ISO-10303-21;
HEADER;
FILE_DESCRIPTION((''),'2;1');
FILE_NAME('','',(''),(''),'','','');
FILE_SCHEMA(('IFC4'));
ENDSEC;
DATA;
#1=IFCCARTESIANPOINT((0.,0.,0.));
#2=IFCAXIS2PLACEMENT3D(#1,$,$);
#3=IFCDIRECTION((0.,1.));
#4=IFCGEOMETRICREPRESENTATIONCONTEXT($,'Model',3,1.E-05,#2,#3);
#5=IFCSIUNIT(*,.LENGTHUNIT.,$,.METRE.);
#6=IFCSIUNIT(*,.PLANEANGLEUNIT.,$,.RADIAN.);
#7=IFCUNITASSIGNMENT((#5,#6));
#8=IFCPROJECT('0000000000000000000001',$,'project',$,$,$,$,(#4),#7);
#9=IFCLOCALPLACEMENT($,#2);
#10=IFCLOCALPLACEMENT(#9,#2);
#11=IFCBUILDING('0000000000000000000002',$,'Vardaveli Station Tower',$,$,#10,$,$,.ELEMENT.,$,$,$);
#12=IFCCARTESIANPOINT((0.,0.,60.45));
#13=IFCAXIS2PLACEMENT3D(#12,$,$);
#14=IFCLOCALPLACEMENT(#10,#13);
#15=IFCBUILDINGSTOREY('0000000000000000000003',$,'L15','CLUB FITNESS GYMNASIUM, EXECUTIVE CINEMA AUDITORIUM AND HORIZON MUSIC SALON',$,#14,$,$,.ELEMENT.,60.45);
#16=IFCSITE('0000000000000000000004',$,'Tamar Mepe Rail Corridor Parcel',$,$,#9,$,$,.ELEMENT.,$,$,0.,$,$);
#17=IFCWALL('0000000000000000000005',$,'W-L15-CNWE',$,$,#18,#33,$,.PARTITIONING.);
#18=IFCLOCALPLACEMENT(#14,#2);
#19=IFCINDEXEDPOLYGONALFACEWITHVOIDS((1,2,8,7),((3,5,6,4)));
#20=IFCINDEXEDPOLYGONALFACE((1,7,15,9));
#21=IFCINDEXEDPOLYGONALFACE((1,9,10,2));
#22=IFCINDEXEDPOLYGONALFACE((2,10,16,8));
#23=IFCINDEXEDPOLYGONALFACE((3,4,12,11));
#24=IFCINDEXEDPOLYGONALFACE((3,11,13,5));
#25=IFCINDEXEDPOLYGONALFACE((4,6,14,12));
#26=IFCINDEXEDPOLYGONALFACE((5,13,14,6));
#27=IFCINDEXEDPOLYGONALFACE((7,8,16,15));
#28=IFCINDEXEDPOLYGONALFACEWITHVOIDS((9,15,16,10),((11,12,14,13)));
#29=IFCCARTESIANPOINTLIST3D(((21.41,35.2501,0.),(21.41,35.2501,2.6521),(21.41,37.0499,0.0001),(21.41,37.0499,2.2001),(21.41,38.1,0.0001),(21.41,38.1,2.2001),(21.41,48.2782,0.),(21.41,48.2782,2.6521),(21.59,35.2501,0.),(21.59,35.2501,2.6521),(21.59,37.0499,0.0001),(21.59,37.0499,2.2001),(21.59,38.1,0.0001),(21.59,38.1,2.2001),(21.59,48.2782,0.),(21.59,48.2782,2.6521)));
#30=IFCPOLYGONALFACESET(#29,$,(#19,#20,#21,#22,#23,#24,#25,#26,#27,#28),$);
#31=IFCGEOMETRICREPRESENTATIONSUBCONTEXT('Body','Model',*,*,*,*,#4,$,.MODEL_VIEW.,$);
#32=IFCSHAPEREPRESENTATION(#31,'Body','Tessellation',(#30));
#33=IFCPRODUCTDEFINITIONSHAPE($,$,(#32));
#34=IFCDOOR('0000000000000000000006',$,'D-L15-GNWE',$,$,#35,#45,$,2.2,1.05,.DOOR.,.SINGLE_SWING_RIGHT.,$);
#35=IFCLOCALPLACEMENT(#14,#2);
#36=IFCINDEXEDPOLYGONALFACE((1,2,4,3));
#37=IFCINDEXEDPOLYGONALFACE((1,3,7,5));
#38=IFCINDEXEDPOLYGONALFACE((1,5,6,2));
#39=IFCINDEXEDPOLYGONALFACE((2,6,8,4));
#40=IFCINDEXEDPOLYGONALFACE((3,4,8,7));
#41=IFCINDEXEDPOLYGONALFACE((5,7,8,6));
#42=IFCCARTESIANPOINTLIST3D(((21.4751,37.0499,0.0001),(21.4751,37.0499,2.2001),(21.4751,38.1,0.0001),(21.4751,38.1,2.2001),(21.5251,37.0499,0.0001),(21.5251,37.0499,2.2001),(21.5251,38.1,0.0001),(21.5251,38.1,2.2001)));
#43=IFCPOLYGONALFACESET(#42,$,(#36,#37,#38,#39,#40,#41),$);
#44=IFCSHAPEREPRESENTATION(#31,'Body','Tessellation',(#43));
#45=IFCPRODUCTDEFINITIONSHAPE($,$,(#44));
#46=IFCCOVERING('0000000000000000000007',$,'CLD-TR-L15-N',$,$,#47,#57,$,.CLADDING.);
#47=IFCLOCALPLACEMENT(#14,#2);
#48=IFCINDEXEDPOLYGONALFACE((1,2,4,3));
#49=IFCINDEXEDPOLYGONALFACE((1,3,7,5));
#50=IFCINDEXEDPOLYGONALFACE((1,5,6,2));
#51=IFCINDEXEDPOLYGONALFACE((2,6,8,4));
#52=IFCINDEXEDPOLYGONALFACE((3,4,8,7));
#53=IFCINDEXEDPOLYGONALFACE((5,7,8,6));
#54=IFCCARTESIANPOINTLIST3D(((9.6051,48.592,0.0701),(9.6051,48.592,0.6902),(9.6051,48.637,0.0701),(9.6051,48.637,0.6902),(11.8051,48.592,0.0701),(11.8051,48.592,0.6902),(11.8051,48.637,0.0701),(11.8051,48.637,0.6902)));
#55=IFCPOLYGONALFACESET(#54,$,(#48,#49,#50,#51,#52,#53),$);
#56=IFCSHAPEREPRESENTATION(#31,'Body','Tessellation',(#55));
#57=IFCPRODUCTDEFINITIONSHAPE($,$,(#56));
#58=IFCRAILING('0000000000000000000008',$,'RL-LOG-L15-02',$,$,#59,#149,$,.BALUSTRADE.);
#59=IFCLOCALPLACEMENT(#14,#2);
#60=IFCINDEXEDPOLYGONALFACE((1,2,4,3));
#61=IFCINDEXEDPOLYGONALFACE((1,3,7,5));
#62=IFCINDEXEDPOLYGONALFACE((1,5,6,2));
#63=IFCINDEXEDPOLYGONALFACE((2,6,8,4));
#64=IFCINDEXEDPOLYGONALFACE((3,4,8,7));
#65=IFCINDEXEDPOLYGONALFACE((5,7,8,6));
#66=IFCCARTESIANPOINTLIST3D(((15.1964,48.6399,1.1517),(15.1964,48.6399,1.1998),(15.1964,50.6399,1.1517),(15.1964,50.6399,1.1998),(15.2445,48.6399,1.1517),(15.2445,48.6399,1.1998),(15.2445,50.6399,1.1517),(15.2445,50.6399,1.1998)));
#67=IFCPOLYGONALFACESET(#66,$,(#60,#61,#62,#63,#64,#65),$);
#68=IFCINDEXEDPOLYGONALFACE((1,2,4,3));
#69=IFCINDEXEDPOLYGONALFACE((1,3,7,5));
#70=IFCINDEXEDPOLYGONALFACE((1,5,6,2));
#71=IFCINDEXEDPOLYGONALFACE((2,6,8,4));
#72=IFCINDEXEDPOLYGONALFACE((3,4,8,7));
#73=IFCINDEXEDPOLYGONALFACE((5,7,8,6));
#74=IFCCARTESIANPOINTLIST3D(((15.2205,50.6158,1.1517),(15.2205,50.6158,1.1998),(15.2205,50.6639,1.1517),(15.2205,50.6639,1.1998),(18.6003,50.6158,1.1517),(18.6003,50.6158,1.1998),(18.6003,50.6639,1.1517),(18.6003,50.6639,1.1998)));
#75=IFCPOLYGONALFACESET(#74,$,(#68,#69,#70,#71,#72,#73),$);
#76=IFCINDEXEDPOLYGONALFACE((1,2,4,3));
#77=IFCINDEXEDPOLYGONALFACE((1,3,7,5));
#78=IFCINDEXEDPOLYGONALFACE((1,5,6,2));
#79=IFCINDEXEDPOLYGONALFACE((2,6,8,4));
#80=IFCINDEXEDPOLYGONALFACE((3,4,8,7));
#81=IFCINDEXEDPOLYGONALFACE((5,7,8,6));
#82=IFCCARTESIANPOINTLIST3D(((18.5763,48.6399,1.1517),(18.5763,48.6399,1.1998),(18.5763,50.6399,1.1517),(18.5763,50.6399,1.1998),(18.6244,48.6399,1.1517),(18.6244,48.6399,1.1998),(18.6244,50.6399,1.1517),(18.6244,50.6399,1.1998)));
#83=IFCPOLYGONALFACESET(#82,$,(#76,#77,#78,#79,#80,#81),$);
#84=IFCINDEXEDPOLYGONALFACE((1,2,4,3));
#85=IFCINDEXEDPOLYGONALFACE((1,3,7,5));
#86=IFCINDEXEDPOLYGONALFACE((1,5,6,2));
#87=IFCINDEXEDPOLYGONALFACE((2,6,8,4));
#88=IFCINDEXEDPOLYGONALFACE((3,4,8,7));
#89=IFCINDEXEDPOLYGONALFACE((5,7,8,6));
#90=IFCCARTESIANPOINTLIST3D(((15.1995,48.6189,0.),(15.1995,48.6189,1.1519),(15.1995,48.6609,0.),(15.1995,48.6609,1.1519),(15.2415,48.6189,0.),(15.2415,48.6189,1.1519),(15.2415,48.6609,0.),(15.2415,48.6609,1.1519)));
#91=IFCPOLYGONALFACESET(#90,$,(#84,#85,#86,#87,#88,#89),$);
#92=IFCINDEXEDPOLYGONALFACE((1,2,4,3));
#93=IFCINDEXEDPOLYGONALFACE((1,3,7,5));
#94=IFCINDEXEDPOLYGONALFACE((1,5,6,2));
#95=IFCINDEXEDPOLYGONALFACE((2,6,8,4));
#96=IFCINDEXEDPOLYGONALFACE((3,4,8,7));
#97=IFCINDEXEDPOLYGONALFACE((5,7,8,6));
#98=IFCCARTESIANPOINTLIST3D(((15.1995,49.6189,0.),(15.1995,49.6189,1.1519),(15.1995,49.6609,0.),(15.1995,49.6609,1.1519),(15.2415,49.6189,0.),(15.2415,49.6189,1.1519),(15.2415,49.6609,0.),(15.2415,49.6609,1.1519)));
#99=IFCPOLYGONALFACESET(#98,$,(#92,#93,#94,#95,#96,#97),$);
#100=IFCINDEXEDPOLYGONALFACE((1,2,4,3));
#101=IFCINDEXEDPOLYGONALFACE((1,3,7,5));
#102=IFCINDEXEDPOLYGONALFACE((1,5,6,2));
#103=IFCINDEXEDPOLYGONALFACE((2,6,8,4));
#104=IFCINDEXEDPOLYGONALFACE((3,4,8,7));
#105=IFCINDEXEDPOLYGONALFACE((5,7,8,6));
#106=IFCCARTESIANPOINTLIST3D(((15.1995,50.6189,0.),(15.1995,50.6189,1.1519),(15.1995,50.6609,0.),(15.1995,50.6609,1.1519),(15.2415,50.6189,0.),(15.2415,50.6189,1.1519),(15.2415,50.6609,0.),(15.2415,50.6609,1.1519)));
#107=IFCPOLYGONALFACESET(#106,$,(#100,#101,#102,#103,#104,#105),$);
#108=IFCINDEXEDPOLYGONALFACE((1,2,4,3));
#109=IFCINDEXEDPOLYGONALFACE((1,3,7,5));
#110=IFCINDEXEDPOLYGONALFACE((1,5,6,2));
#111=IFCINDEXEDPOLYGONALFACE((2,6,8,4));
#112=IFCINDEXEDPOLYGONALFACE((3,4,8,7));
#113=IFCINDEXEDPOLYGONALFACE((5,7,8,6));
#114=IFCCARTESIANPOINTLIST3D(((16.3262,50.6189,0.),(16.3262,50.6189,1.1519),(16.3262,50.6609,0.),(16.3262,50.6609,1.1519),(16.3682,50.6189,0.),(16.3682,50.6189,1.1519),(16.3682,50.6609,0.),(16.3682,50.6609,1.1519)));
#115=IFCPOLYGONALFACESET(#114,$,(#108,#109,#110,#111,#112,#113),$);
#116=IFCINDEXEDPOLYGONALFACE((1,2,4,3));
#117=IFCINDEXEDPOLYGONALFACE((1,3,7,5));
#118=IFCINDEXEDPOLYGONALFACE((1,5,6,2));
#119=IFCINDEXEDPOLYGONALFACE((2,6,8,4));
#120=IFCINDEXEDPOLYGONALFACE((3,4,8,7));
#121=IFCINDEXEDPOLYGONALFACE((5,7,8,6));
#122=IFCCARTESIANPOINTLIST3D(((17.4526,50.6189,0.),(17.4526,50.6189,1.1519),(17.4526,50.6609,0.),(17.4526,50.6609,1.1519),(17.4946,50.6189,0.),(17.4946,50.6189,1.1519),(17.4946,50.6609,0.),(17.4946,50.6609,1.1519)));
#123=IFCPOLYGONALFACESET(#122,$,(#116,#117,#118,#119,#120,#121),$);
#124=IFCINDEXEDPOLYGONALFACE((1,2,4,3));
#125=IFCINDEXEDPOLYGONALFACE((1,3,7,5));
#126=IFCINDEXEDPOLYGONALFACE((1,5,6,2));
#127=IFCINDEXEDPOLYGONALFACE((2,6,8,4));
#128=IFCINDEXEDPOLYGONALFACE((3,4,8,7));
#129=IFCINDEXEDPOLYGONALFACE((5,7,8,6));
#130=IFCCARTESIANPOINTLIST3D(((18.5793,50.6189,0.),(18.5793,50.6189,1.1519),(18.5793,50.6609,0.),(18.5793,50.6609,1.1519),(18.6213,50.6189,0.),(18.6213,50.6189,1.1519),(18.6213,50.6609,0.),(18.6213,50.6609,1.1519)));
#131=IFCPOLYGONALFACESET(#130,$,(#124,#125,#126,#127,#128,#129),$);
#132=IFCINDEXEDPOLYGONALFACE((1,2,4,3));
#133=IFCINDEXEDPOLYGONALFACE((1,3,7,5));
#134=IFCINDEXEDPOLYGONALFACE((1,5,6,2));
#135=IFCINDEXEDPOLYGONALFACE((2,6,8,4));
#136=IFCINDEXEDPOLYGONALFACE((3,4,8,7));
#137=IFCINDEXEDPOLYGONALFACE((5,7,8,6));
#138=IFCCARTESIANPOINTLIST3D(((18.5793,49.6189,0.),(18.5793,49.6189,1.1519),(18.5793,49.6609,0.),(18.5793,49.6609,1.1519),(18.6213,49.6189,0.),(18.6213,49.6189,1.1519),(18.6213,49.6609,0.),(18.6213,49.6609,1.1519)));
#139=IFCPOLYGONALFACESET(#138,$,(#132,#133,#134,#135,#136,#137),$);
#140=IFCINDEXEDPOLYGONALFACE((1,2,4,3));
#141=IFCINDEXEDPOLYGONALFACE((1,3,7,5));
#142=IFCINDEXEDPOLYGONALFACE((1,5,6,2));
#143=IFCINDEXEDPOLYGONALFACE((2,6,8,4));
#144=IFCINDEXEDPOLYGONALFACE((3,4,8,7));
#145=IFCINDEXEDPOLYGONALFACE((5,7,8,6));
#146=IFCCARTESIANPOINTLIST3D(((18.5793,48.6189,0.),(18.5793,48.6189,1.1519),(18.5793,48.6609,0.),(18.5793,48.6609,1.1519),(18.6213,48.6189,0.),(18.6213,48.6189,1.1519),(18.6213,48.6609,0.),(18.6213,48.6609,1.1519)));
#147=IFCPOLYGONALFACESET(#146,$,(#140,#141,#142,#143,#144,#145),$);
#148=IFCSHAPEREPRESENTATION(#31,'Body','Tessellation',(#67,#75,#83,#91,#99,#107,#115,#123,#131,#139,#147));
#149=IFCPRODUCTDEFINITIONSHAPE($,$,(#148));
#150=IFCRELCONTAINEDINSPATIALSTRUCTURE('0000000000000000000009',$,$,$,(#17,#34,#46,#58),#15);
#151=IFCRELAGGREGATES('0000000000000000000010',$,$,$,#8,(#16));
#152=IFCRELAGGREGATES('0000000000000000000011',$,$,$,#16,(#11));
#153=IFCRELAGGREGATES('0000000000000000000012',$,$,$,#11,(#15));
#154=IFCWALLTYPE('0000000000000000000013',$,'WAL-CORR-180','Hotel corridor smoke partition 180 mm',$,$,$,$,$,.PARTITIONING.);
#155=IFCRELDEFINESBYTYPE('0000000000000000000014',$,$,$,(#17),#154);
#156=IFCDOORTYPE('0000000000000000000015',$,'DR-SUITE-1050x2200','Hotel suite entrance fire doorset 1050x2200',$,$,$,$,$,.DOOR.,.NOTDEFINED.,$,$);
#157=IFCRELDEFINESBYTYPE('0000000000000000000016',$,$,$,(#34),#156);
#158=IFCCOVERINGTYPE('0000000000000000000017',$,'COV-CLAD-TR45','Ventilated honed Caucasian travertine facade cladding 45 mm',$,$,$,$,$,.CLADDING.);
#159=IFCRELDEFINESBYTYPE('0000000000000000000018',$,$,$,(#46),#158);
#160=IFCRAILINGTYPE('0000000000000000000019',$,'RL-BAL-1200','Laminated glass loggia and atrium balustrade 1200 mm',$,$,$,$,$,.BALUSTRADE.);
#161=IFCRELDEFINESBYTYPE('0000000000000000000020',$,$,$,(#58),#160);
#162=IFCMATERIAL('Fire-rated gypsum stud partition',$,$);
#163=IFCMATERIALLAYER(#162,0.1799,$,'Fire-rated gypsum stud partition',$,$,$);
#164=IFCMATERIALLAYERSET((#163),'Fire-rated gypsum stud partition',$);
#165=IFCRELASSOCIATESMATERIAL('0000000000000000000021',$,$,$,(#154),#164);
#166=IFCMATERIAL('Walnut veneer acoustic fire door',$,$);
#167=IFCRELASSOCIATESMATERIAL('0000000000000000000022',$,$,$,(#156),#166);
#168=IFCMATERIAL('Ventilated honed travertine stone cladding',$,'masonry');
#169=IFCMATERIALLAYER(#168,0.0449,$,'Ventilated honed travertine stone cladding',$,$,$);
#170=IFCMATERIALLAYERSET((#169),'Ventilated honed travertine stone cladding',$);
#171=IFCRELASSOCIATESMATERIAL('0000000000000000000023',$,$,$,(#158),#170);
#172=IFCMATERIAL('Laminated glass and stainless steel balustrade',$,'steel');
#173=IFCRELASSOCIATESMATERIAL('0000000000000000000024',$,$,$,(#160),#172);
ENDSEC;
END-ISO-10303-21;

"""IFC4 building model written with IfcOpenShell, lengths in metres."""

from ifc_helpers import new_model, si_unit, direction, frame, frame_2d, origin, origin_2d, place, context, subcontext, project, spatial, rectangle, extrude, source, transform, mapped, material, layer, layer_set, type_object, element, fill, save


model = new_model("IFC4")

# Units and contexts
model_context = context("Model", 3, precision=1e-05, world=origin(), true_north=direction((0.0, 1.0)))
body_context = subcontext(model_context, "Body", "Model", "MODEL_VIEW")
ifc_project = project(units=[si_unit("LENGTHUNIT", "METRE"), si_unit("PLANEANGLEUNIT", "RADIAN")], contexts=[model_context])

# Site, building, storey
site_placement = place(None, origin())
site = spatial("IfcSite", under=ifc_project, at=site_placement, Name="Tamar Mepe Rail Corridor Parcel", CompositionType="ELEMENT", RefElevation=0.0)
building_placement = place(site_placement, origin())
building = spatial("IfcBuilding", under=site, at=building_placement, Name="Vardaveli Station Tower", CompositionType="ELEMENT")
storey_placement = place(building_placement, frame((0.0, 0.0, 60.45)))
storey = spatial("IfcBuildingStorey", under=building, at=storey_placement, Name="L15", Description="CLUB FITNESS GYMNASIUM, EXECUTIVE CINEMA AUDITORIUM AND HORIZON MUSIC SALON", CompositionType="ELEMENT", Elevation=60.45)

# Wall, opening, door
ifc_material_1 = material(Name="Fire-rated gypsum stud partition")
ifc_layer_1 = layer(ifc_material_1, 0.1799, Name="Fire-rated gypsum stud partition")
ifc_layer_set_1 = layer_set([ifc_layer_1], Name="Fire-rated gypsum stud partition")
wall_type_1 = type_object("IfcWallType", Name="WAL-CORR-180", Description="Hotel corridor smoke partition 180 mm", PredefinedType="PARTITIONING", material=ifc_layer_set_1)
shared_shape_1 = source(origin(), body_context, "Body", "SweptSolid", [
    extrude(rectangle(XDim=13.0281, YDim=0.1799, at=frame_2d((6.5142, 0.0))), origin(), (0.0, 0.0, 1.0), 2.6521),
])
wall_1_placement = place(storey_placement, frame((21.5, 35.25, 0.0), z_axis=(0.0, 0.0, 1.0), x_axis=(0.0, 1.0, 0.0)))
wall_1 = element("IfcWall", 1, at=wall_1_placement, inside=storey, type_object=wall_type_1, Name="W-L15-CNWE", PredefinedType="PARTITIONING", context=body_context, shape_type="MappedRepresentation", body=[
    mapped(shared_shape_1, transform((0.0, 0.0, 0.0), scale=1.0)),
])
shared_shape_2 = source(origin(), body_context, "Body", "SweptSolid", [
    extrude(rectangle(XDim=1.05, YDim=2.2, at=frame_2d((0.5249, 1.1001))), frame((0.0, 0.1001, 0.0), z_axis=(0.0, -1.0, 0.0), x_axis=(1.0, 0.0, 0.0)), (0.0, 0.0, 1.0), 0.2),
])
opening_1_placement = place(wall_1_placement, frame((1.8, 0.0, 0.0)))
opening_1 = element("IfcOpeningElement", 2, at=opening_1_placement, cuts=wall_1, PredefinedType="OPENING", context=body_context, shape_type="MappedRepresentation", body=[
    mapped(shared_shape_2, transform((0.0, 0.0, 0.0), scale=1.0)),
])
ifc_material_2 = material(Name="Walnut veneer acoustic fire door")
door_type = type_object("IfcDoorType", Name="DR-SUITE-1050x2200", Description="Hotel suite entrance fire doorset 1050x2200", OperationType="NOTDEFINED", PredefinedType="DOOR", material=ifc_material_2)
shared_shape_3 = source(origin(), body_context, "Body", "SweptSolid", [
    extrude(rectangle(XDim=1.05, YDim=2.2, at=frame_2d((0.5249, 1.1001))), frame((0.0, 0.0249, 0.0), z_axis=(0.0, -1.0, 0.0), x_axis=(1.0, 0.0, 0.0)), (0.0, 0.0, 1.0), 0.05),
])
door_placement = place(opening_1_placement, origin())
door = element("IfcDoor", 3, at=door_placement, inside=storey, type_object=door_type, Name="D-L15-GNWE", OperationType="SINGLE_SWING_RIGHT", OverallHeight=2.2, OverallWidth=1.05, PredefinedType="DOOR", context=body_context, shape_type="MappedRepresentation", body=[
    mapped(shared_shape_3, transform((0.0, 0.0, 0.0), scale=1.0)),
])
fill(opening_1, door)

# Covering
ifc_material_3 = material(Name="Ventilated honed travertine stone cladding", Category="masonry")
ifc_layer_2 = layer(ifc_material_3, 0.0449, Name="Ventilated honed travertine stone cladding")
ifc_layer_set_2 = layer_set([ifc_layer_2], Name="Ventilated honed travertine stone cladding")
covering_type = type_object("IfcCoveringType", Name="COV-CLAD-TR45", Description="Ventilated honed Caucasian travertine facade cladding 45 mm", PredefinedType="CLADDING", material=ifc_layer_set_2)
shared_shape_4 = source(origin(), body_context, "Body", "SweptSolid", [
    extrude(rectangle(XDim=2.2, YDim=0.0449, at=origin_2d()), origin(), (0.0, 0.0, 1.0), 0.6201),
])
covering_placement = place(storey_placement, frame((10.7051, 48.6145, 0.0701), z_axis=(0.0, 0.0, 1.0), x_axis=(1.0, 0.0, 0.0)))
element("IfcCovering", 4, at=covering_placement, inside=storey, type_object=covering_type, Name="CLD-TR-L15-N", PredefinedType="CLADDING", context=body_context, shape_type="MappedRepresentation", body=[
    mapped(shared_shape_4, transform((0.0, 0.0, 0.0), scale=1.0)),
])

# Railing
ifc_material_4 = material(Name="Laminated glass and stainless steel balustrade", Category="steel")
railing_type = type_object("IfcRailingType", Name="RL-BAL-1200", Description="Laminated glass loggia and atrium balustrade 1200 mm", PredefinedType="BALUSTRADE", material=ifc_material_4)
shared_shape_5 = source(origin(), body_context, "Body", "SweptSolid", [
    extrude(rectangle(XDim=0.0481, YDim=0.0481, at=origin_2d()), frame((0.0, 0.0, 1.1758), z_axis=(0.0, 1.0, 0.0), x_axis=(-1.0, 0.0, 0.0)), (0.0, 0.0, 1.0), 2.0),
    extrude(rectangle(XDim=0.0481, YDim=0.0481, at=origin_2d()), frame((0.0, 2.0, 1.1758), z_axis=(1.0, 0.0, 0.0), x_axis=(0.0, 1.0, 0.0)), (0.0, 0.0, 1.0), 3.3799),
    extrude(rectangle(XDim=0.0481, YDim=0.0481, at=origin_2d()), frame((3.3799, 2.0, 1.1758), z_axis=(0.0, -1.0, 0.0), x_axis=(1.0, 0.0, 0.0)), (0.0, 0.0, 1.0), 2.0),
    extrude(rectangle(XDim=0.042, YDim=0.042, at=origin_2d()), origin(), (0.0, 0.0, 1.0), 1.1519),
    extrude(rectangle(XDim=0.042, YDim=0.042, at=origin_2d()), frame((0.0, 1.0, 0.0)), (0.0, 0.0, 1.0), 1.1519),
    extrude(rectangle(XDim=0.042, YDim=0.042, at=origin_2d()), frame((0.0, 2.0, 0.0)), (0.0, 0.0, 1.0), 1.1519),
    extrude(rectangle(XDim=0.042, YDim=0.042, at=origin_2d()), frame((1.1267, 2.0, 0.0)), (0.0, 0.0, 1.0), 1.1519),
    extrude(rectangle(XDim=0.042, YDim=0.042, at=origin_2d()), frame((2.2532, 2.0, 0.0)), (0.0, 0.0, 1.0), 1.1519),
    extrude(rectangle(XDim=0.042, YDim=0.042, at=origin_2d()), frame((3.3799, 2.0, 0.0)), (0.0, 0.0, 1.0), 1.1519),
    extrude(rectangle(XDim=0.042, YDim=0.042, at=origin_2d()), frame((3.3799, 1.0, 0.0)), (0.0, 0.0, 1.0), 1.1519),
    extrude(rectangle(XDim=0.042, YDim=0.042, at=origin_2d()), frame((3.3799, 0.0, 0.0)), (0.0, 0.0, 1.0), 1.1519),
])
railing_placement = place(storey_placement, frame((15.2205, 48.6399, 0.0)))
element("IfcRailing", 5, at=railing_placement, inside=storey, type_object=railing_type, Name="RL-LOG-L15-02", PredefinedType="BALUSTRADE", context=body_context, shape_type="MappedRepresentation", body=[
    mapped(shared_shape_5, transform((0.0, 0.0, 0.0), scale=1.0)),
])

save(model, "model.ifc")
